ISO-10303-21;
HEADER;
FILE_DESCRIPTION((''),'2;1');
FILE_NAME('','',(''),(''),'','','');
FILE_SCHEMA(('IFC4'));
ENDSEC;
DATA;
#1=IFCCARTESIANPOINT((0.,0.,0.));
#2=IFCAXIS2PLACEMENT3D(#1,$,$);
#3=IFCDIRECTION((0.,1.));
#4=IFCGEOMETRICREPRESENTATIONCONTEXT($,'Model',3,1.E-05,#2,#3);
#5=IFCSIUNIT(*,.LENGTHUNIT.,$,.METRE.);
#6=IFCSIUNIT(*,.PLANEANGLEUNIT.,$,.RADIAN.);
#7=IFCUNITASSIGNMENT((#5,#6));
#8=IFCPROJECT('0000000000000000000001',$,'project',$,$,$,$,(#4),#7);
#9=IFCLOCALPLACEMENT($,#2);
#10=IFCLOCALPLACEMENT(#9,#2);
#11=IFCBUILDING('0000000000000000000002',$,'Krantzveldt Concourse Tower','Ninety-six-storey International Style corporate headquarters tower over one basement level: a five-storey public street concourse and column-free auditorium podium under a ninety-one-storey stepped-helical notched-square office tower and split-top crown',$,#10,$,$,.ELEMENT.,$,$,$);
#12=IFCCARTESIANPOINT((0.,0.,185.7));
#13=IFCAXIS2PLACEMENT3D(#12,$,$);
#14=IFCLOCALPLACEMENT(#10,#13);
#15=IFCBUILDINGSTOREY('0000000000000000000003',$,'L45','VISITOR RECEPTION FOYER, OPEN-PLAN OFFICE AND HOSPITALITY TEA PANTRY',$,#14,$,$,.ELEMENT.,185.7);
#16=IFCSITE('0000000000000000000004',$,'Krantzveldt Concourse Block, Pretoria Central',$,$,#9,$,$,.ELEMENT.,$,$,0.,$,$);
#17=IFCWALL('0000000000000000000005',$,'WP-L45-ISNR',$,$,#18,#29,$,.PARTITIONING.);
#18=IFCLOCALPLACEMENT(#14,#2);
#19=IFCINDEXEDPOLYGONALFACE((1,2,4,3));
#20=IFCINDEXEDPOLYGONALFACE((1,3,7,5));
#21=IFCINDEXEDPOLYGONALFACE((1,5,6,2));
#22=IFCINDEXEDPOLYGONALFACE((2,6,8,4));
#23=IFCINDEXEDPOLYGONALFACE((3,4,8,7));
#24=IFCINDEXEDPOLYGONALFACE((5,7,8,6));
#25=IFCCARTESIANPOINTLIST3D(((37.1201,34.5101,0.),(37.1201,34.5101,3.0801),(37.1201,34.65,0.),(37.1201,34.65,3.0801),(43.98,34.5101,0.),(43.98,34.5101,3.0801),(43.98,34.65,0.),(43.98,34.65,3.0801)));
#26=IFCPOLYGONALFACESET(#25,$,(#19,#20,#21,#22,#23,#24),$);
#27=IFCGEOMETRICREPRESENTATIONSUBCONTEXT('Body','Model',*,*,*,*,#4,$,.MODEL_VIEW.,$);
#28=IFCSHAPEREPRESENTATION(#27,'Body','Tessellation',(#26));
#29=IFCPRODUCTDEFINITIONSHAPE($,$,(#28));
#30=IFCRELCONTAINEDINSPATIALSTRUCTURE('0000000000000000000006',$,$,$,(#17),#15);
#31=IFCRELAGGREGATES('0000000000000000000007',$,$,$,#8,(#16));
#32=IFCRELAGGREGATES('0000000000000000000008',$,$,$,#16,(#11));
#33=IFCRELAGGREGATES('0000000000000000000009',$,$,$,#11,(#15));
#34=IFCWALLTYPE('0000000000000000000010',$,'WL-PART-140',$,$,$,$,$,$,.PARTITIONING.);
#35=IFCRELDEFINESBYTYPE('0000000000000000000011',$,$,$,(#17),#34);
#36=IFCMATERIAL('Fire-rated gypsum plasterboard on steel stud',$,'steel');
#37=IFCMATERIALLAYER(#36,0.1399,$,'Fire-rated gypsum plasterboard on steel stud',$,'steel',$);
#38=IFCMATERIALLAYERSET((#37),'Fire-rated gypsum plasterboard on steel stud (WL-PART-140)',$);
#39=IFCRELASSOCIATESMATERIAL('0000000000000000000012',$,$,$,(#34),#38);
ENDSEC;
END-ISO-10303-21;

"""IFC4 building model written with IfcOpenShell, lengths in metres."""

from ifc_helpers import new_model, si_unit, direction, frame, frame_2d, origin, place, context, subcontext, project, spatial, rectangle, extrude, material, layer, layer_set, type_object, element, save


model = new_model("IFC4")

# Units and contexts
model_context = context("Model", 3, precision=1e-05, world=origin(), true_north=direction((0.0, 1.0)))
body_context = subcontext(model_context, "Body", "Model", "MODEL_VIEW")
ifc_project = project(units=[si_unit("LENGTHUNIT", "METRE"), si_unit("PLANEANGLEUNIT", "RADIAN")], contexts=[model_context])

# Site, building, storey
site_placement = place(None, origin())
site = spatial("IfcSite", under=ifc_project, at=site_placement, Name="Krantzveldt Concourse Block, Pretoria Central", CompositionType="ELEMENT", RefElevation=0.0)
building_placement = place(site_placement, origin())
building = spatial("IfcBuilding", under=site, at=building_placement, Name="Krantzveldt Concourse Tower", Description="Ninety-six-storey International Style corporate headquarters tower over one basement level: a five-storey public street concourse and column-free auditorium podium under a ninety-one-storey stepped-helical notched-square office tower and split-top crown", CompositionType="ELEMENT")
storey_placement = place(building_placement, frame((0.0, 0.0, 185.7)))
storey = spatial("IfcBuildingStorey", under=building, at=storey_placement, Name="L45", Description="VISITOR RECEPTION FOYER, OPEN-PLAN OFFICE AND HOSPITALITY TEA PANTRY", CompositionType="ELEMENT", Elevation=185.7)

# Shared definitions
ifc_material_1 = material(Name="Fire-rated gypsum plasterboard on steel stud", Category="steel")

# Shared definitions
ifc_layer_1 = layer(ifc_material_1, 0.1399, Name="Fire-rated gypsum plasterboard on steel stud", Category="steel")
ifc_layer_set_1 = layer_set([ifc_layer_1], Name="Fire-rated gypsum plasterboard on steel stud (WL-PART-140)")
wall_type_1 = type_object("IfcWallType", Name="WL-PART-140", PredefinedType="PARTITIONING", material=ifc_layer_set_1)

# Wall
wall_1_placement = place(storey_placement, frame((37.1201, 34.5801, 0.0), z_axis=(0.0, 0.0, 1.0), x_axis=(1.0, 0.0, 0.0)))
element("IfcWall", 1, at=wall_1_placement, inside=storey, type_object=wall_type_1, Name="WP-L45-ISNR", PredefinedType="PARTITIONING", context=body_context, shape_type="SweptSolid", body=[
    extrude(rectangle(XDim=6.8599, YDim=0.1399, at=frame_2d((3.4299, 0.0))), origin(), (0.0, 0.0, 1.0), 3.0801),
])

save(model, "model.ifc")
